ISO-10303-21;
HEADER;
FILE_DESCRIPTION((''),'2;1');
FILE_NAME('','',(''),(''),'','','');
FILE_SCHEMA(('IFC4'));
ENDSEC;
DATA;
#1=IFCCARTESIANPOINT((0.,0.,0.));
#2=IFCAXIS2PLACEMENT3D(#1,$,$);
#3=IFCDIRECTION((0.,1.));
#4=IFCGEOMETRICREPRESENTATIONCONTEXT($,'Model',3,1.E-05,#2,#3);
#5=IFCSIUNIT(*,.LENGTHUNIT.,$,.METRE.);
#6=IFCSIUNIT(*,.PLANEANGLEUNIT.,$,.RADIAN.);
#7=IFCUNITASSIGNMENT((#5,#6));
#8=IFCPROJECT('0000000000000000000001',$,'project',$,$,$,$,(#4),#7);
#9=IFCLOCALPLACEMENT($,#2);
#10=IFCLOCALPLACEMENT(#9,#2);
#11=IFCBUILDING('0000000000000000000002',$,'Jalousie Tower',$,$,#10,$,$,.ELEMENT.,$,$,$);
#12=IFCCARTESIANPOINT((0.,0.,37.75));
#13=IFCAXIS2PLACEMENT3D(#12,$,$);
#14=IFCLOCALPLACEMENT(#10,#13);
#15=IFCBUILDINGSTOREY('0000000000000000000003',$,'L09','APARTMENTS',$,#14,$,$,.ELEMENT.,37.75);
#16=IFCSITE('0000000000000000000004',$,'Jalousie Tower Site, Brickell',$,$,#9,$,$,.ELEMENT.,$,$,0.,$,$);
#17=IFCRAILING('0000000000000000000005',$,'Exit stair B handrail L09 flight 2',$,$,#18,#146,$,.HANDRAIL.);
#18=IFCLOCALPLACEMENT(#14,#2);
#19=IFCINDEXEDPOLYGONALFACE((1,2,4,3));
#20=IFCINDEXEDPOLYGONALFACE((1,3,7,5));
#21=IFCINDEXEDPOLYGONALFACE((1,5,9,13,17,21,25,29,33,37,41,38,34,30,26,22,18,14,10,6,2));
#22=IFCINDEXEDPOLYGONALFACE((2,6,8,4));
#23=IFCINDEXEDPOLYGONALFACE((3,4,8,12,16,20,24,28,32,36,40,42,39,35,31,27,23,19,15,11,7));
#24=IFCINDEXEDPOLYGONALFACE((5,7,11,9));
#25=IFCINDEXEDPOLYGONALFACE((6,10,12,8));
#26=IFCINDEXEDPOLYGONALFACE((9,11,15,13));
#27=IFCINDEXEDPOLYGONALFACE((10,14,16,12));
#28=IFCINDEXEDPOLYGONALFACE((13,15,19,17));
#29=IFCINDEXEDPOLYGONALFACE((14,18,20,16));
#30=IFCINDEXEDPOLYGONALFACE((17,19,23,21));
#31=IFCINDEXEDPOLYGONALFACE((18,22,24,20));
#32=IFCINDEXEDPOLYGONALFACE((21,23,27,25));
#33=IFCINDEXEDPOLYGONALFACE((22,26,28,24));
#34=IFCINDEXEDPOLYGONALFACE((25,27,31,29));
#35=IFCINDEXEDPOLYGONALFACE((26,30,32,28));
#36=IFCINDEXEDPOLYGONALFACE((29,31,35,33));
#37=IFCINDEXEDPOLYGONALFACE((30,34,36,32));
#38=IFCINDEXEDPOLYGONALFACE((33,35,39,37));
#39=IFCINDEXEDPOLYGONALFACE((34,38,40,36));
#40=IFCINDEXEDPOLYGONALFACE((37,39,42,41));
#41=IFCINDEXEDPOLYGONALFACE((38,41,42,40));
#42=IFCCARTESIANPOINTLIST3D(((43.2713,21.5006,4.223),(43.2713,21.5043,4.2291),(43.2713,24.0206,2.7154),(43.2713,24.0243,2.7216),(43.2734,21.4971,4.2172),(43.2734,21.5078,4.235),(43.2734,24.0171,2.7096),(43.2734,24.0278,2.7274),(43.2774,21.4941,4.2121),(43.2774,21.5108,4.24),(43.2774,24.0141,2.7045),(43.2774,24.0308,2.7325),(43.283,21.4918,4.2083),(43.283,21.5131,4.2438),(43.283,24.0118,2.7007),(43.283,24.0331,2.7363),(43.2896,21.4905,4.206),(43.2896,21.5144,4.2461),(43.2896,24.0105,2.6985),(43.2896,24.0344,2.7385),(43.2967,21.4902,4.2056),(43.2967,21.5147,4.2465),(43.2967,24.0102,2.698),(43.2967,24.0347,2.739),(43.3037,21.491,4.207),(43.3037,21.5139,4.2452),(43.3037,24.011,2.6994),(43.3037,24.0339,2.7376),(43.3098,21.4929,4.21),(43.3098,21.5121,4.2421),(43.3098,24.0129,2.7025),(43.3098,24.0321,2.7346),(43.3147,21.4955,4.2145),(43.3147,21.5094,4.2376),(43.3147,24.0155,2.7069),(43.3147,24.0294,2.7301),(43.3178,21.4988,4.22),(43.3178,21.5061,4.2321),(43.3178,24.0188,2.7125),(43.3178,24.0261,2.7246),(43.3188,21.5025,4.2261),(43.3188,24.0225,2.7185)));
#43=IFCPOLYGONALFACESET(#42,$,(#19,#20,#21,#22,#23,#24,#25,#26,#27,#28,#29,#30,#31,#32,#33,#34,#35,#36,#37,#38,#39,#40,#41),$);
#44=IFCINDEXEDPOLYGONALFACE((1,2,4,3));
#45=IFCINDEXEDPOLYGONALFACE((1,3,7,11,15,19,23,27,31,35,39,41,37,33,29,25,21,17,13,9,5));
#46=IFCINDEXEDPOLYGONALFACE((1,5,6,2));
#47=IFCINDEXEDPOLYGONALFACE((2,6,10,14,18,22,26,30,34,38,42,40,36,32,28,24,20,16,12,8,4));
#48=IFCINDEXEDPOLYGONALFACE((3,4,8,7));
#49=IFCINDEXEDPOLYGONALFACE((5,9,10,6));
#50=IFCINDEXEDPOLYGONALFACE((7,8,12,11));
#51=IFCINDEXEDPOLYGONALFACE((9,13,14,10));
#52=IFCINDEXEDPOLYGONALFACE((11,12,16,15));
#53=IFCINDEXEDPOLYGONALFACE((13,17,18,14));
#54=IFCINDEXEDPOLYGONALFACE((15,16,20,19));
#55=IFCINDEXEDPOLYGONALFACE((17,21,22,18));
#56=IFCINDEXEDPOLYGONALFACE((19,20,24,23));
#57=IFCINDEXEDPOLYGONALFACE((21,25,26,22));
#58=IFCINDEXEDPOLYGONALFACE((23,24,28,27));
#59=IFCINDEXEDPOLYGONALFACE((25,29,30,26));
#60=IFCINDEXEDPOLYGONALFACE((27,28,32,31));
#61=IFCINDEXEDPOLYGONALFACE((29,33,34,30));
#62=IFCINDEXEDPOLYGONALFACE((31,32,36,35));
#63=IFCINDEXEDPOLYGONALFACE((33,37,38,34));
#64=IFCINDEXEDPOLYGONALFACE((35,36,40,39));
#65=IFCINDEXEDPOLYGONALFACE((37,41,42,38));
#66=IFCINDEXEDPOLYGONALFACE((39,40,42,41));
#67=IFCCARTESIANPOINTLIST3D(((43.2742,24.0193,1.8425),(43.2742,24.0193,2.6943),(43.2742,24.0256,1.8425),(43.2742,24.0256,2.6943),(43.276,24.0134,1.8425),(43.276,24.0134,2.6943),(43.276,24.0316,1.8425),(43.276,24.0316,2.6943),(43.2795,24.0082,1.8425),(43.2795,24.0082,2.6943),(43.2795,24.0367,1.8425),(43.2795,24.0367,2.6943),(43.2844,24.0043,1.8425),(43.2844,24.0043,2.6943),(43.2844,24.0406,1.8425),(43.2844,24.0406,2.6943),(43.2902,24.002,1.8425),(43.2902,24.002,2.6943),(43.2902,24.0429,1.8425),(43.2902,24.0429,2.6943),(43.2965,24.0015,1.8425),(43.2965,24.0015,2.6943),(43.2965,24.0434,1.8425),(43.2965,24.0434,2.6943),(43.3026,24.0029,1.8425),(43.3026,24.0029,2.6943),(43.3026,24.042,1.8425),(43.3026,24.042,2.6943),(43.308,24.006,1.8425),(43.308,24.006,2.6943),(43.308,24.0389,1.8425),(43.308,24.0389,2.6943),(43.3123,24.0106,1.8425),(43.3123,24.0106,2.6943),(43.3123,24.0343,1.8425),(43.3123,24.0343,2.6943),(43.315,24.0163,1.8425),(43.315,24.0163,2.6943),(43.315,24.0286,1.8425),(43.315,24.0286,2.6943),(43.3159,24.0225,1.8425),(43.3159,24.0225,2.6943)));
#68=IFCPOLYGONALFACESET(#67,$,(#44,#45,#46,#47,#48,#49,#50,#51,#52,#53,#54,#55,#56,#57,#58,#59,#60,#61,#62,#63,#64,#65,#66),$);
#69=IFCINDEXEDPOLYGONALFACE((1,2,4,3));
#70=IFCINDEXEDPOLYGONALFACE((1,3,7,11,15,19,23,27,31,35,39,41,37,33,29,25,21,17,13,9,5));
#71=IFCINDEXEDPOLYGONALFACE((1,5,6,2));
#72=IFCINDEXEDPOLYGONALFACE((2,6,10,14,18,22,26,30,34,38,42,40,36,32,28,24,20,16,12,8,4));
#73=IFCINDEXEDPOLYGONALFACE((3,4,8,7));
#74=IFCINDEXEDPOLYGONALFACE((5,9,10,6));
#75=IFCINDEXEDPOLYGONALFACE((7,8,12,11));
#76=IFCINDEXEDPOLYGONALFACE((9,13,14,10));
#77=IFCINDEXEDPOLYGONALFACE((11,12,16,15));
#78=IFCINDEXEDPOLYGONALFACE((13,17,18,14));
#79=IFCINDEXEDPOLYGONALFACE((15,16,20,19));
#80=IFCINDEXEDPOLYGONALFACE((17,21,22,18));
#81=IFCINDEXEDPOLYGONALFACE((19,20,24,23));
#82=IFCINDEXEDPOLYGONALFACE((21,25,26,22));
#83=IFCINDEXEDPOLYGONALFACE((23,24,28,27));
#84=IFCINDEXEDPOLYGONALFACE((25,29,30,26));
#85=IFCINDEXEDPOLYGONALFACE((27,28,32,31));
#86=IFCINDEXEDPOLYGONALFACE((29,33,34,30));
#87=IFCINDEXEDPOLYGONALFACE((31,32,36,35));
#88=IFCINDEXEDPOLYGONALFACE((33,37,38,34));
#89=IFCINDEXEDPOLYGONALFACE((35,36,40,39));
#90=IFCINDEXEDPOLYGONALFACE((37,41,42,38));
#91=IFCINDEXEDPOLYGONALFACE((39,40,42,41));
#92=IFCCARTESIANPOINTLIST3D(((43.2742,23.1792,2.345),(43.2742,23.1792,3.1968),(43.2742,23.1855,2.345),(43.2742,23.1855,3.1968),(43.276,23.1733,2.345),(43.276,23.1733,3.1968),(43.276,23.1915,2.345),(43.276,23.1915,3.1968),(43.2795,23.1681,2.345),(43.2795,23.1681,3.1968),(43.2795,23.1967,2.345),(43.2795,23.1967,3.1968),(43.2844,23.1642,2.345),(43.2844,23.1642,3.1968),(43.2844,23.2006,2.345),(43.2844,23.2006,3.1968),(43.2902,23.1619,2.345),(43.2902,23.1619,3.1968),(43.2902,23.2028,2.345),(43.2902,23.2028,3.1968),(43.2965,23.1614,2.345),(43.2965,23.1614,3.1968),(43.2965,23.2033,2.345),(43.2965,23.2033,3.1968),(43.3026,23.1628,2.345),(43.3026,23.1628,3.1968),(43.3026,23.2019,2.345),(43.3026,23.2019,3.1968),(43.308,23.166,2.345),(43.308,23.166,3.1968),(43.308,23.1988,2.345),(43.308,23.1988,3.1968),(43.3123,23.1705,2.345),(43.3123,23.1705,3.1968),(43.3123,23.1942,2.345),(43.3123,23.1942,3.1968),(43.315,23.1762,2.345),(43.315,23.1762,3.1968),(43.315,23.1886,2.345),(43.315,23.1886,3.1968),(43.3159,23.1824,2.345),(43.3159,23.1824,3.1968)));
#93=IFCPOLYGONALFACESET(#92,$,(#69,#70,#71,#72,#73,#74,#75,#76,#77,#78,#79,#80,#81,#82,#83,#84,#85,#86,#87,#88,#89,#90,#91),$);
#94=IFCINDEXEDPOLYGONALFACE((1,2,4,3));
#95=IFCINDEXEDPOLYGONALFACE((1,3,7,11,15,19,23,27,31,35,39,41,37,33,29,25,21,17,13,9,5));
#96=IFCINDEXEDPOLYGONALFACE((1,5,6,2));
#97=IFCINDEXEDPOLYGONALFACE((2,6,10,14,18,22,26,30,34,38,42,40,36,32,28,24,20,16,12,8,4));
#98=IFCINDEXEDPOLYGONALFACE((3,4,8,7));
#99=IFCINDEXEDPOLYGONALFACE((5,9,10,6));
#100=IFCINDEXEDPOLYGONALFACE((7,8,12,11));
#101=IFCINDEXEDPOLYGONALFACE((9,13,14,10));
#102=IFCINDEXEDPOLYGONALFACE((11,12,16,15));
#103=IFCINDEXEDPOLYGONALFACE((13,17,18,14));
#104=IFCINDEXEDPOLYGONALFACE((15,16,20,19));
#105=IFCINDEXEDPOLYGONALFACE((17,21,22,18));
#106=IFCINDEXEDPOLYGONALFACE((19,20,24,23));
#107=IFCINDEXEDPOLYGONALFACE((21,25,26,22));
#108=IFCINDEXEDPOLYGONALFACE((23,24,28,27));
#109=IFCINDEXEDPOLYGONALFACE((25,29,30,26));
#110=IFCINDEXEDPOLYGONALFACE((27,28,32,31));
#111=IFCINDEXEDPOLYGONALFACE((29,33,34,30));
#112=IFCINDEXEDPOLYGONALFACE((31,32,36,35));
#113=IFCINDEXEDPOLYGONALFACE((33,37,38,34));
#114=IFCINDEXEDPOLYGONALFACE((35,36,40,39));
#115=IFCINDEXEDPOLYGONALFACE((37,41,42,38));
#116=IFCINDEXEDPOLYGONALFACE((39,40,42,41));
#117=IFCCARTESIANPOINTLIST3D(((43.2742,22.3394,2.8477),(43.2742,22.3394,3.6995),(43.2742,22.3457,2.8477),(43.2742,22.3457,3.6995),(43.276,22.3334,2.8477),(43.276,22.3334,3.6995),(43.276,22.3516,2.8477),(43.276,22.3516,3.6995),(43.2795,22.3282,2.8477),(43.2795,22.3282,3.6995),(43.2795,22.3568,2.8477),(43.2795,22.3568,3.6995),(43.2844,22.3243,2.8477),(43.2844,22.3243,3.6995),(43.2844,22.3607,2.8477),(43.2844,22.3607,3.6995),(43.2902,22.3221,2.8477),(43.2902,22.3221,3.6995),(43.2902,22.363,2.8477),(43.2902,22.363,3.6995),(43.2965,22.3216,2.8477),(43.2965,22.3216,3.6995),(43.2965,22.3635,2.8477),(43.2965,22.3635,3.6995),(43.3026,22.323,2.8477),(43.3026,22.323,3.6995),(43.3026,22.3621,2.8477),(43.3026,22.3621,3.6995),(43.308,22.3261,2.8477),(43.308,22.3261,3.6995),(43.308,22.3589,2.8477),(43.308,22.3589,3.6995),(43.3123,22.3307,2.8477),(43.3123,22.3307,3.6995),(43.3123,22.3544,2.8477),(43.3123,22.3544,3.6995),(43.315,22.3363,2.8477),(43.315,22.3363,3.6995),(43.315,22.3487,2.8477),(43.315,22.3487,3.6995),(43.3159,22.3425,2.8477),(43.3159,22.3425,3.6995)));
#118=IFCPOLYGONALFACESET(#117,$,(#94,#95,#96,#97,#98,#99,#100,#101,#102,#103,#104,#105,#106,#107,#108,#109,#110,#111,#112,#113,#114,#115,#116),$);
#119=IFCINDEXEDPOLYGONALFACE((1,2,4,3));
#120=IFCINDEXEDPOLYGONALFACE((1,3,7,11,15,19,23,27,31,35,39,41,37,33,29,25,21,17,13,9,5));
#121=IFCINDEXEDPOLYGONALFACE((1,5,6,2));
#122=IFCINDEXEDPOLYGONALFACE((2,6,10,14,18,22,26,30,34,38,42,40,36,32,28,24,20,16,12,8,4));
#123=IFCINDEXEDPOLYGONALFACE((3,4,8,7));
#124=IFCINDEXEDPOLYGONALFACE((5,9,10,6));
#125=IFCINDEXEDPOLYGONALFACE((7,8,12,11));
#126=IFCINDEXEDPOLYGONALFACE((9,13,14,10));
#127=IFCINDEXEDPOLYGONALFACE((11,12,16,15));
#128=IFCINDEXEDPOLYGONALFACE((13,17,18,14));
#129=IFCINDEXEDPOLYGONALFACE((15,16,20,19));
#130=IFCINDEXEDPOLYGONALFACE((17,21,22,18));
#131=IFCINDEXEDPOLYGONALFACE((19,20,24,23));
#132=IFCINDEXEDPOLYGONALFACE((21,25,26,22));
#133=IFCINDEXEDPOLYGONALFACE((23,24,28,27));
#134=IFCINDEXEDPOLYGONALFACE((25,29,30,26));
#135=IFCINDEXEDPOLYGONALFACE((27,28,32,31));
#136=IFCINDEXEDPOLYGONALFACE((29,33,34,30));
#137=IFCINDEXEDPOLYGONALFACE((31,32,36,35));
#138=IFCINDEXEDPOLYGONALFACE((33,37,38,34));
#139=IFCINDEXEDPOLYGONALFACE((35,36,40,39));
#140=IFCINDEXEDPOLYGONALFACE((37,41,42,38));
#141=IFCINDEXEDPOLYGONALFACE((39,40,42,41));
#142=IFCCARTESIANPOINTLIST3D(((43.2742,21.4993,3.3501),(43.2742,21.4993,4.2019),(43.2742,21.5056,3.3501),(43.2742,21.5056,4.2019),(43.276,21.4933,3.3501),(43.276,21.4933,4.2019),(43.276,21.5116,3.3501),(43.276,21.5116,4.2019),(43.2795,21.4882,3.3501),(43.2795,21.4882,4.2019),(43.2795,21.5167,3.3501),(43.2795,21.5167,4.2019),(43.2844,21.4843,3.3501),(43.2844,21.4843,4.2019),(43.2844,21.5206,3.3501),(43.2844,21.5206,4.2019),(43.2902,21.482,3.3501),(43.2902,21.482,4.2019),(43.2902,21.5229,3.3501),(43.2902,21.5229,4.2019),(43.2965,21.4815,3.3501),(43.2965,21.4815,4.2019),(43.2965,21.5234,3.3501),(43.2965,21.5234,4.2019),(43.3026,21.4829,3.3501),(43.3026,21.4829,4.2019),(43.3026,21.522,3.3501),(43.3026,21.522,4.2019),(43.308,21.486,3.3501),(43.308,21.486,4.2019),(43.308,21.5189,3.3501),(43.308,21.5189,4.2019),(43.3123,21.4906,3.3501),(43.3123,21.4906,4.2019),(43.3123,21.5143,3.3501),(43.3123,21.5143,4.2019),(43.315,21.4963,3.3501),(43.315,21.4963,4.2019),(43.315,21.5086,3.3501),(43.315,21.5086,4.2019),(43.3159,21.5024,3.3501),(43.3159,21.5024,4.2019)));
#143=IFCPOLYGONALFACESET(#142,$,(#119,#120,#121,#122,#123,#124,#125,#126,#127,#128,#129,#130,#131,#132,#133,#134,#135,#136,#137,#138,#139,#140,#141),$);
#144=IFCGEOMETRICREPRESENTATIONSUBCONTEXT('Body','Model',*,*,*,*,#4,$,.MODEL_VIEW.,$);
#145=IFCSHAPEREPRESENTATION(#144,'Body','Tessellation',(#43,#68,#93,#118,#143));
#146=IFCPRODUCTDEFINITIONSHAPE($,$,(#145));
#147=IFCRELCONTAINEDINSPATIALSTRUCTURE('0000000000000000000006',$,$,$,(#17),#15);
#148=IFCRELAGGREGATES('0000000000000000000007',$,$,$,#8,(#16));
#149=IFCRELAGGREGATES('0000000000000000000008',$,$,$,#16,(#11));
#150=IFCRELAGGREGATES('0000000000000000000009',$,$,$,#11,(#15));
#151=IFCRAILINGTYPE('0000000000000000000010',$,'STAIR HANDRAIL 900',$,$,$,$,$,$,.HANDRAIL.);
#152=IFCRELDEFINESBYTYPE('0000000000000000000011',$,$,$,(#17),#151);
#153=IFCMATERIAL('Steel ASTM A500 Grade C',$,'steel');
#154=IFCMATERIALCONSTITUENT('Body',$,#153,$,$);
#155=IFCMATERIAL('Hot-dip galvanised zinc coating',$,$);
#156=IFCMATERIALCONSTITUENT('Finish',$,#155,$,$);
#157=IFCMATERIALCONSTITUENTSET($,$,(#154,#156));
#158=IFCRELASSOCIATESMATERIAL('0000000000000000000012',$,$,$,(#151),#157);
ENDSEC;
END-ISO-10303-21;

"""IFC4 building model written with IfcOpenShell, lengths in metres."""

from ifc_helpers import new_model, si_unit, direction, frame, origin, origin_2d, place, context, subcontext, project, spatial, circle, extrude, material, constituent, constituent_set, type_object, element, save


model = new_model("IFC4")

# Units and contexts
model_context = context("Model", 3, precision=1e-05, world=origin(), true_north=direction((0.0, 1.0)))
body_context = subcontext(model_context, "Body", "Model", "MODEL_VIEW")
ifc_project = project(units=[si_unit("LENGTHUNIT", "METRE"), si_unit("PLANEANGLEUNIT", "RADIAN")], contexts=[model_context])

# Site, building, storey
site_placement = place(None, origin())
site = spatial("IfcSite", under=ifc_project, at=site_placement, Name="Jalousie Tower Site, Brickell", CompositionType="ELEMENT", RefElevation=0.0)
building_placement = place(site_placement, origin())
building = spatial("IfcBuilding", under=site, at=building_placement, Name="Jalousie Tower", CompositionType="ELEMENT")
storey_placement = place(building_placement, frame((0.0, 0.0, 37.75)))
storey = spatial("IfcBuildingStorey", under=building, at=storey_placement, Name="L09", Description="APARTMENTS", CompositionType="ELEMENT", Elevation=37.75)

# Railing
ifc_material_1 = material(Name="Steel ASTM A500 Grade C", Category="steel")
ifc_constituent_1 = constituent(ifc_material_1, Name="Body")
ifc_material_2 = material(Name="Hot-dip galvanised zinc coating")
ifc_constituent_2 = constituent(ifc_material_2, Name="Finish")
ifc_constituent_set_1 = constituent_set(constituents=[ifc_constituent_1, ifc_constituent_2])
railing_type_1 = type_object("IfcRailingType", Name="STAIR HANDRAIL 900", PredefinedType="HANDRAIL", material=ifc_constituent_set_1)
railing_1_placement = place(storey_placement, frame((43.2949, 24.0225, 1.8425)))
element("IfcRailing", 1, at=railing_1_placement, inside=storey, type_object=railing_type_1, Name="Exit stair B handrail L09 flight 2", PredefinedType="HANDRAIL", context=body_context, shape_type="SweptSolid", body=[
    extrude(circle(Radius=0.0239, at=origin_2d()), frame((0.0, 0.0, 0.876), z_axis=(0.0, -0.85816, 0.513383), x_axis=(1.0, 0.0, 0.0)), (0.0, 0.0, 1.0), 2.9365),
    extrude(circle(Radius=0.021, at=origin_2d()), origin(), (0.0, 0.0, 1.0), 0.8518),
    extrude(circle(Radius=0.021, at=origin_2d()), frame((0.0, -0.8401, 0.5024)), (0.0, 0.0, 1.0), 0.8518),
    extrude(circle(Radius=0.021, at=origin_2d()), frame((0.0, -1.6799, 1.0051)), (0.0, 0.0, 1.0), 0.8518),
    extrude(circle(Radius=0.021, at=origin_2d()), frame((0.0, -2.52, 1.5076)), (0.0, 0.0, 1.0), 0.8518),
])

save(model, "model.ifc")
